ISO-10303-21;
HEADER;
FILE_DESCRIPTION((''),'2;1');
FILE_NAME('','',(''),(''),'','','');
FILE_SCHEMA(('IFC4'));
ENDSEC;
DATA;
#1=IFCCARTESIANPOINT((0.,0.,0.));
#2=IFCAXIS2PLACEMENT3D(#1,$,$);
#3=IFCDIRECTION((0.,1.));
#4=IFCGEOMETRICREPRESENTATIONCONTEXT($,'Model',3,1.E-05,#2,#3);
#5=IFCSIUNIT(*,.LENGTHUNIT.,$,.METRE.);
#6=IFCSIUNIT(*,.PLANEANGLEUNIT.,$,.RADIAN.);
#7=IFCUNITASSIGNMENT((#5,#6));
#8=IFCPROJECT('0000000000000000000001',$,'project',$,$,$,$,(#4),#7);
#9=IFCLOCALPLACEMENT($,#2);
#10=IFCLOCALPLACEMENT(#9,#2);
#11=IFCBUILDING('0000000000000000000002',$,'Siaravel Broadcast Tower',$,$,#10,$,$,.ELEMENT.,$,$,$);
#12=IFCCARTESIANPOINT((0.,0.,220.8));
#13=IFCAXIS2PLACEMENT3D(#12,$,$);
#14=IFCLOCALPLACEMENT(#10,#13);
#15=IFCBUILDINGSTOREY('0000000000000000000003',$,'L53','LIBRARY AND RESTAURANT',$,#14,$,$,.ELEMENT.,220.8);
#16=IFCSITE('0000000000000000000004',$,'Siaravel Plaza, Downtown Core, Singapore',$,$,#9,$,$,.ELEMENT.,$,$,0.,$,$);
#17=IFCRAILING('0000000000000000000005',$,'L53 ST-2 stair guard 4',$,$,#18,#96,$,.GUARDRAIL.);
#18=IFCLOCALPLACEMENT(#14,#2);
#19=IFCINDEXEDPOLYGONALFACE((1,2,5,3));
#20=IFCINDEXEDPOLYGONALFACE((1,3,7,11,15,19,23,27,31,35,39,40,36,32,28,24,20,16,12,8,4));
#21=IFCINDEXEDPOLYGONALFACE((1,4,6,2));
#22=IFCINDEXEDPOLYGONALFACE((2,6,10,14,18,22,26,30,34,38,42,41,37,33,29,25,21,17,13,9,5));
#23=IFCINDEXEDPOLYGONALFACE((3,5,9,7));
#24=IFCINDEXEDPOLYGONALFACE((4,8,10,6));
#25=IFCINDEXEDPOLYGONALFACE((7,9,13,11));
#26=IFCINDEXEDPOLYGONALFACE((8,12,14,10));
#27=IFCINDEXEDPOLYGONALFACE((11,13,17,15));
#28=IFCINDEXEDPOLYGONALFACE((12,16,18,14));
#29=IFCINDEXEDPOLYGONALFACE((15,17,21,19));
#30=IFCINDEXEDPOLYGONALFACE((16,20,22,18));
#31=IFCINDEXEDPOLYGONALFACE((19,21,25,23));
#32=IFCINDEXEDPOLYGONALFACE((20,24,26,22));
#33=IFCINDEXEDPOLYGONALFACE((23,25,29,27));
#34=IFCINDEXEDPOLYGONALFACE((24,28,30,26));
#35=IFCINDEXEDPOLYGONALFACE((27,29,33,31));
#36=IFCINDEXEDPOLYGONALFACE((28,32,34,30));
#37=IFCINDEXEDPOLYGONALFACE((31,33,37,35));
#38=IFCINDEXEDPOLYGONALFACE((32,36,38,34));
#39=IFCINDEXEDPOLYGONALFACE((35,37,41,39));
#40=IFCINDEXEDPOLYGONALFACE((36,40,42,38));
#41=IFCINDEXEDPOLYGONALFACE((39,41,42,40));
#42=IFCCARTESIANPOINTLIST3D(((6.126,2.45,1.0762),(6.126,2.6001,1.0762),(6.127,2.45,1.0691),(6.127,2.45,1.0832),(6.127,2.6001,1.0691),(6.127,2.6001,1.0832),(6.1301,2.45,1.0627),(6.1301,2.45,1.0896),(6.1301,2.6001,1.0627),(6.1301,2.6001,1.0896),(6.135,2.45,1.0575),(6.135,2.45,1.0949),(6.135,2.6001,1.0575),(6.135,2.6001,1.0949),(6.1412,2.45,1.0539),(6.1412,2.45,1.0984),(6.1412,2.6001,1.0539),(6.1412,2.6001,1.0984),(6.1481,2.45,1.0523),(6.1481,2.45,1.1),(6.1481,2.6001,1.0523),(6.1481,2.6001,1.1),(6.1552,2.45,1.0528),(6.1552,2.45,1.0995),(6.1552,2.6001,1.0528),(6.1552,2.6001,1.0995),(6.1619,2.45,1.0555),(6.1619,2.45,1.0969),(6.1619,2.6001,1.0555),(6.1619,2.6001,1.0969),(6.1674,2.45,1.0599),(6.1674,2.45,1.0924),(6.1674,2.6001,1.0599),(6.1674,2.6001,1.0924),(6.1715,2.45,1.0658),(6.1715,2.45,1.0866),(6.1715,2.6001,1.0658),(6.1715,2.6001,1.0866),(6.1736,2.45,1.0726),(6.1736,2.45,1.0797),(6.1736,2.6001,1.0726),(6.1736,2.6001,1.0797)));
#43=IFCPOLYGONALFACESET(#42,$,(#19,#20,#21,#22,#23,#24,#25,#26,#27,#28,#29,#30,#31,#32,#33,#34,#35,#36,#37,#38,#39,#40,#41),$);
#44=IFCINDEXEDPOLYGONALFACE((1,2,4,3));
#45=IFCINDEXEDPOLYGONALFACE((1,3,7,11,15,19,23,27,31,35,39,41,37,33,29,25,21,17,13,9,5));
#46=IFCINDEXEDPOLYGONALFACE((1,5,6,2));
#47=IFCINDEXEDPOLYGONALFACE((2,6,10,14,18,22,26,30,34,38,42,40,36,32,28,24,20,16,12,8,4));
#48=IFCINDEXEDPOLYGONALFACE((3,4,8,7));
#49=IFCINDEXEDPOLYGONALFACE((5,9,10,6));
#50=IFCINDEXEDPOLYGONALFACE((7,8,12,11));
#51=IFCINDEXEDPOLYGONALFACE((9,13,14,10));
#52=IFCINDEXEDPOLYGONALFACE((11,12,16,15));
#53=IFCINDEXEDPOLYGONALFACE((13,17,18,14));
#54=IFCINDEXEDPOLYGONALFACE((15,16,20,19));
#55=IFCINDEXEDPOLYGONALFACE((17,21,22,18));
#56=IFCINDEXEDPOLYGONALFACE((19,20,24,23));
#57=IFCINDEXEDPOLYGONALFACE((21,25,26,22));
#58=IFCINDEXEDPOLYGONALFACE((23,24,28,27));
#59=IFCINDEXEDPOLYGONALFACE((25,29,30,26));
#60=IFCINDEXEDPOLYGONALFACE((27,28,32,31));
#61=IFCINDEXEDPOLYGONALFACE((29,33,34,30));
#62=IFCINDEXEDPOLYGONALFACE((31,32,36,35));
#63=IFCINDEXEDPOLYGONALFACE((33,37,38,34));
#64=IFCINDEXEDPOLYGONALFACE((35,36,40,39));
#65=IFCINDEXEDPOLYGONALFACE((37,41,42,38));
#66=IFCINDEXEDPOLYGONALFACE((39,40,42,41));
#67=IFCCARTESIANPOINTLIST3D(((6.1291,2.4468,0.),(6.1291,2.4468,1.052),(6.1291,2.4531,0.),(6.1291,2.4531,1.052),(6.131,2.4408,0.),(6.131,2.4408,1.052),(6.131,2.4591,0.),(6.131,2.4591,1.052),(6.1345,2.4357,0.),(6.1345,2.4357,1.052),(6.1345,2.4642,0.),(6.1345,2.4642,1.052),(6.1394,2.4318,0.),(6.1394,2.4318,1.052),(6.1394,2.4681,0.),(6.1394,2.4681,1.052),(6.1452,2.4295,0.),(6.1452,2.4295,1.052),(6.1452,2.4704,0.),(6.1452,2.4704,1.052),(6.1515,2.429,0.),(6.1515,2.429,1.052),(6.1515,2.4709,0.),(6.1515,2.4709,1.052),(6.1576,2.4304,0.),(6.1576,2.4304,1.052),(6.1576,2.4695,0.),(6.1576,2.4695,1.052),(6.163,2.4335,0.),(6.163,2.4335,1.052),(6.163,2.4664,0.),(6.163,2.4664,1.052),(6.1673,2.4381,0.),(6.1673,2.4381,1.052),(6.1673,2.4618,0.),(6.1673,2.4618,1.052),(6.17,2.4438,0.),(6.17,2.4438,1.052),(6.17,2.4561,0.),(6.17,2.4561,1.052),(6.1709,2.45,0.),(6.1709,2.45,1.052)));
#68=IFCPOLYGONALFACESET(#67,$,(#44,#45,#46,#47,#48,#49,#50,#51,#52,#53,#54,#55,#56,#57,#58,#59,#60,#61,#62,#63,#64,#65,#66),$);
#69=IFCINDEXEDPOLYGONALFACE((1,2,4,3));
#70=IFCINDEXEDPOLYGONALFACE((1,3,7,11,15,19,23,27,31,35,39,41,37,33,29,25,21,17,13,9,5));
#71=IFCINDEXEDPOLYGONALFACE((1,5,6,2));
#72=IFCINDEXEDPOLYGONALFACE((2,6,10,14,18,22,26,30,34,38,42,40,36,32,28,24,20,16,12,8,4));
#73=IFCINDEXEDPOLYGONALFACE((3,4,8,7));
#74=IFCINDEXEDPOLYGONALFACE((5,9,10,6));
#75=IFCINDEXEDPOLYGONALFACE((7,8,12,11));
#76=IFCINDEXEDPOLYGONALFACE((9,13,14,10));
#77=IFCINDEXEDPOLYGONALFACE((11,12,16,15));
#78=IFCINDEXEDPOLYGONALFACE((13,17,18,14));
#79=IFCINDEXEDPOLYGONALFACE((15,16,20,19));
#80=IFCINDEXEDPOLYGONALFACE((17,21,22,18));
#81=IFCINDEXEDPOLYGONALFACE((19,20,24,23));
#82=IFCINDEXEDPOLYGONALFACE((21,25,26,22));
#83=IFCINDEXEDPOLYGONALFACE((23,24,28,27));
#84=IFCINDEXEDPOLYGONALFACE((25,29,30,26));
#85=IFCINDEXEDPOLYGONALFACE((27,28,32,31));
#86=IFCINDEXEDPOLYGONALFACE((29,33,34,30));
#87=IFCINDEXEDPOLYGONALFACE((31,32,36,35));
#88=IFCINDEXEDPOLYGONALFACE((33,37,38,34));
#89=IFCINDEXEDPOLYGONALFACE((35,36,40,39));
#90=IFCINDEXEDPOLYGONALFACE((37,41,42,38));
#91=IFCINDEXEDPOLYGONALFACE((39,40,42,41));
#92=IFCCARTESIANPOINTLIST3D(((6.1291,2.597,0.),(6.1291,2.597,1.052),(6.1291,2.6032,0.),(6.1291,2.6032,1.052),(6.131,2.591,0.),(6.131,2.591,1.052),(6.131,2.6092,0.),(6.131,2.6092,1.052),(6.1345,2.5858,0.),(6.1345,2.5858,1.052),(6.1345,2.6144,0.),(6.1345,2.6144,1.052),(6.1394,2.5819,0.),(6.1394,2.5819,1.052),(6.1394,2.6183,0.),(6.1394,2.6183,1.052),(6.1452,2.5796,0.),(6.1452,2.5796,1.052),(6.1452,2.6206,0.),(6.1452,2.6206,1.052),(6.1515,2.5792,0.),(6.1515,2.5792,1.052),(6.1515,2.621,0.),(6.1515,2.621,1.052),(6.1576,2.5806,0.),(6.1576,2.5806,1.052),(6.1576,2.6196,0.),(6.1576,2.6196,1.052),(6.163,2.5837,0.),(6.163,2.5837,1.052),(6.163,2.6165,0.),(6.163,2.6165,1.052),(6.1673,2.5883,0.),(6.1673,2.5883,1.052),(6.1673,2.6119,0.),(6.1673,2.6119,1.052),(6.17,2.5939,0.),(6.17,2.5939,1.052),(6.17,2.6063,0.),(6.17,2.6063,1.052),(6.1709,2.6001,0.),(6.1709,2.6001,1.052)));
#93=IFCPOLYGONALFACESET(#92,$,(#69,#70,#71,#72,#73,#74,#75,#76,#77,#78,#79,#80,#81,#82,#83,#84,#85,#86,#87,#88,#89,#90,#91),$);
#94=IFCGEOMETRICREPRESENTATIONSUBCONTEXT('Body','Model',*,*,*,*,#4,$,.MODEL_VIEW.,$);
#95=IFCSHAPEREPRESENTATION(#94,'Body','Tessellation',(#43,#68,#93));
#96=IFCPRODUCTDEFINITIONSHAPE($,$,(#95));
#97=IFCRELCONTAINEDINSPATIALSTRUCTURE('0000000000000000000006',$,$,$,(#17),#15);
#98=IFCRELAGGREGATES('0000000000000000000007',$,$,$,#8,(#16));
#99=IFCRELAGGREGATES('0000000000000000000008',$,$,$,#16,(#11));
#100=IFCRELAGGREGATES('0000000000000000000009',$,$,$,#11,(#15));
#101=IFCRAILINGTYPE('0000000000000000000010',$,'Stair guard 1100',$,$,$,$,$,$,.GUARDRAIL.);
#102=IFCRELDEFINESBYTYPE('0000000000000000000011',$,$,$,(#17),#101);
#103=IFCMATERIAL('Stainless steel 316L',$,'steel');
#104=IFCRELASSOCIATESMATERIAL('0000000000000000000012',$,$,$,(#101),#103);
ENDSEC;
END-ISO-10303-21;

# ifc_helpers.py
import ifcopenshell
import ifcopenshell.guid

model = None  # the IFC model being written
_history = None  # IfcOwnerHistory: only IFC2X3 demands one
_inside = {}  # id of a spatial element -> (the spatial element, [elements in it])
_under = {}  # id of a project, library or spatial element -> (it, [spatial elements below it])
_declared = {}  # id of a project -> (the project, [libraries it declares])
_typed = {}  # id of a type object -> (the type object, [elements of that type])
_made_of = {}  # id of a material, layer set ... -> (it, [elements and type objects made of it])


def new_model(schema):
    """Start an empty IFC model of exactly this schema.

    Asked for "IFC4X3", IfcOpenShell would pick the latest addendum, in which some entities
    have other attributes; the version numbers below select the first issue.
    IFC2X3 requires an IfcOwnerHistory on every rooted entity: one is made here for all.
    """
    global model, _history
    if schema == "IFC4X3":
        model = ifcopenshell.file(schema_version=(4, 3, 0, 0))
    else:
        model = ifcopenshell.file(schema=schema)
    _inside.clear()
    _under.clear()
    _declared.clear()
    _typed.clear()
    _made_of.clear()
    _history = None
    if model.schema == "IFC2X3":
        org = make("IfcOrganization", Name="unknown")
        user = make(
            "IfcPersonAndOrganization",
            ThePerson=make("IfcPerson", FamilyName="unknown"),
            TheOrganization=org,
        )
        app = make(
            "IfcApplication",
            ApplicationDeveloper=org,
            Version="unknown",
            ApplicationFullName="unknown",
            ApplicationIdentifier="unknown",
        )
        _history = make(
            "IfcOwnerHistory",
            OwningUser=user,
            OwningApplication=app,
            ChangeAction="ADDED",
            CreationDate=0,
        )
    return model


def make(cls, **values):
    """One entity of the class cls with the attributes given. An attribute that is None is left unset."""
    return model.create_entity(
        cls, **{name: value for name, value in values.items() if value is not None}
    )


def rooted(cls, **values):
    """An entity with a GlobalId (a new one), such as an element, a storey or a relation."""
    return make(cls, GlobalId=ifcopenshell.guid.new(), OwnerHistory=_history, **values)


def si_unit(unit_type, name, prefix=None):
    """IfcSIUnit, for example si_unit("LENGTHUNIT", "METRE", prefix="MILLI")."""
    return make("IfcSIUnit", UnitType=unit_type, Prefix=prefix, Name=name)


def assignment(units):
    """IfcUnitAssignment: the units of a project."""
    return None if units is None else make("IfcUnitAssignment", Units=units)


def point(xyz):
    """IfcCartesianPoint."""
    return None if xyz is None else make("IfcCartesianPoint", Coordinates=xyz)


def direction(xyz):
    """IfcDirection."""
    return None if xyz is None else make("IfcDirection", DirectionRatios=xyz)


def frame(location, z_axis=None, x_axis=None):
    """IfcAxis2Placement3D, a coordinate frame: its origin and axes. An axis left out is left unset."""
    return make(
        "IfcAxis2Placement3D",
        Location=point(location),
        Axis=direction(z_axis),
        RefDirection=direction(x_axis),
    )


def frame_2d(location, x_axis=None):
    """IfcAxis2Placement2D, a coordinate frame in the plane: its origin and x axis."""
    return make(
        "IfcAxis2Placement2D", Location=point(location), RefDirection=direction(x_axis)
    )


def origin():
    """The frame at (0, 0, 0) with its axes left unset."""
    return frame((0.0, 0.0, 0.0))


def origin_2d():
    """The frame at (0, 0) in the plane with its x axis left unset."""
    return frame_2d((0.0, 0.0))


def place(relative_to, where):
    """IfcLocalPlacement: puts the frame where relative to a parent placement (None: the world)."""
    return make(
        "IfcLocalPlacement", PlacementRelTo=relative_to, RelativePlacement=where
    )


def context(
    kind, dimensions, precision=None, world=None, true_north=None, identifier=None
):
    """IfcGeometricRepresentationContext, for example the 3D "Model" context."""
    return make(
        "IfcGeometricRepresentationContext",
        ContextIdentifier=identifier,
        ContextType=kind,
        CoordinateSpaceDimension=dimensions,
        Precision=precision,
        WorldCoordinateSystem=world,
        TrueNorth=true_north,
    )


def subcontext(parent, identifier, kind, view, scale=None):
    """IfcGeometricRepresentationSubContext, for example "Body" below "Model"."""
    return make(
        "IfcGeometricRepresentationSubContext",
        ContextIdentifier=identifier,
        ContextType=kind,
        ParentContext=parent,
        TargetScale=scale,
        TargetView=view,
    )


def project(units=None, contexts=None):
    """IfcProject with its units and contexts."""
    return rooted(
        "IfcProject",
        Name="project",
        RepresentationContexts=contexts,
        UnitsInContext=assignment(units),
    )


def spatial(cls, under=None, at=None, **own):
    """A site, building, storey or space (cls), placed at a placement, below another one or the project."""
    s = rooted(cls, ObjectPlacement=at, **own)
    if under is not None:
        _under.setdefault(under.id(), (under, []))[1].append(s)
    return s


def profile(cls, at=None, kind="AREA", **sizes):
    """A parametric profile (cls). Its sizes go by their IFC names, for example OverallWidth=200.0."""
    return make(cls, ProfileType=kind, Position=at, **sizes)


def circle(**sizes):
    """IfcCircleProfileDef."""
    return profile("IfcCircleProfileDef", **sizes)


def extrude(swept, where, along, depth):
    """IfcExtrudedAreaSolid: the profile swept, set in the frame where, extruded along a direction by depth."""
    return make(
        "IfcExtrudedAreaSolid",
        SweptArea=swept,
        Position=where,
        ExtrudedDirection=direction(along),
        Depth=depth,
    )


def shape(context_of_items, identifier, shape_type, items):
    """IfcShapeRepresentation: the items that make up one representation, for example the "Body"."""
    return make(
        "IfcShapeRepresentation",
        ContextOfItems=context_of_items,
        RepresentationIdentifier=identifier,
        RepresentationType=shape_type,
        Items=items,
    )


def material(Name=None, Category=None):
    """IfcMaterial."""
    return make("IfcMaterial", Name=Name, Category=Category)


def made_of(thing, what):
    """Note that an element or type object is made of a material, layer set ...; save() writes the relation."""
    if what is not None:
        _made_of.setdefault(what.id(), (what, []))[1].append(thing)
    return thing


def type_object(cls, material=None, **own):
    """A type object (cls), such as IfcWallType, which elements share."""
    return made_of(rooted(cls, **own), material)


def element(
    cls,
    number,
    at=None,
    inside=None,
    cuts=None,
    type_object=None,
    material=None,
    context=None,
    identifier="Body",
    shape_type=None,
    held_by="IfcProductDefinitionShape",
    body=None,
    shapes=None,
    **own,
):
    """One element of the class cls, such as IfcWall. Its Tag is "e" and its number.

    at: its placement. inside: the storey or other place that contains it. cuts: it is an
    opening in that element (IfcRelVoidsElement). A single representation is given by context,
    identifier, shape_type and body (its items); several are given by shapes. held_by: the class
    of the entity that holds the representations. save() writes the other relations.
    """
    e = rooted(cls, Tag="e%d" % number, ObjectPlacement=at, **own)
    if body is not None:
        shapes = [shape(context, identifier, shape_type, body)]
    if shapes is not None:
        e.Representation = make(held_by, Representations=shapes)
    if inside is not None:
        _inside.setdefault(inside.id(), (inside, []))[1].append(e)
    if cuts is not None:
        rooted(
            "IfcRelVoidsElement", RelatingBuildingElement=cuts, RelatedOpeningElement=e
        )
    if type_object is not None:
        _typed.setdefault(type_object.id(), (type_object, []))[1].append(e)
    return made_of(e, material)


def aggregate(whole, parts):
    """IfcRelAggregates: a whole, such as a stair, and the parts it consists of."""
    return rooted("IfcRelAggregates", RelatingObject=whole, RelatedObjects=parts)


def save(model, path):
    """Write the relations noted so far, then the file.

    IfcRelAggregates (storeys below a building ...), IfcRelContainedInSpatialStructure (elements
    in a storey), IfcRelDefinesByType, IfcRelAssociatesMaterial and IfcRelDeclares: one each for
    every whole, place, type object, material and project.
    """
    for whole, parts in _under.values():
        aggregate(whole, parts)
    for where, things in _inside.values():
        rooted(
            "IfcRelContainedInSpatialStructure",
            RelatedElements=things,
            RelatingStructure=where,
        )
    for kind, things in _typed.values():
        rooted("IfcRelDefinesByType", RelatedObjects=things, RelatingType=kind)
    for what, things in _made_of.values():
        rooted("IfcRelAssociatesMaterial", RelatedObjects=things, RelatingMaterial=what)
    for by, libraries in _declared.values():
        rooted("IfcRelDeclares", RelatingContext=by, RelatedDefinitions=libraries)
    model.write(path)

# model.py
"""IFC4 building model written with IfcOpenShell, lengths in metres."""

from ifc_helpers import new_model, si_unit, direction, frame, origin, origin_2d, place, context, subcontext, project, spatial, circle, extrude, material, type_object, element, save


model = new_model("IFC4")

# Units and contexts
model_context = context("Model", 3, precision=1e-05, world=origin(), true_north=direction((0.0, 1.0)))
body_context = subcontext(model_context, "Body", "Model", "MODEL_VIEW")
ifc_project = project(units=[si_unit("LENGTHUNIT", "METRE"), si_unit("PLANEANGLEUNIT", "RADIAN")], contexts=[model_context])

# Site, building, storey
site_placement = place(None, origin())
site = spatial("IfcSite", under=ifc_project, at=site_placement, Name="Siaravel Plaza, Downtown Core, Singapore", CompositionType="ELEMENT", RefElevation=0.0)
building_placement = place(site_placement, origin())
building = spatial("IfcBuilding", under=site, at=building_placement, Name="Siaravel Broadcast Tower", CompositionType="ELEMENT")
storey_placement = place(building_placement, frame((0.0, 0.0, 220.8)))
storey = spatial("IfcBuildingStorey", under=building, at=storey_placement, Name="L53", Description="LIBRARY AND RESTAURANT", CompositionType="ELEMENT", Elevation=220.8)

# Railing
ifc_material_1 = material(Name="Stainless steel 316L", Category="steel")
railing_type_1 = type_object("IfcRailingType", Name="Stair guard 1100", PredefinedType="GUARDRAIL", material=ifc_material_1)
railing_1_placement = place(storey_placement, frame((6.1499, 2.45, 0.0)))
element("IfcRailing", 1, at=railing_1_placement, inside=storey, type_object=railing_type_1, Name="L53 ST-2 stair guard 4", PredefinedType="GUARDRAIL", context=body_context, shape_type="SweptSolid", body=[
    extrude(circle(Radius=0.0239, at=origin_2d()), frame((0.0, 0.0, 1.0762), z_axis=(0.0, 1.0, 0.0), x_axis=(-1.0, 0.0, 0.0)), (0.0, 0.0, 1.0), 0.1501),
    extrude(circle(Radius=0.021, at=origin_2d()), origin(), (0.0, 0.0, 1.0), 1.052),
    extrude(circle(Radius=0.021, at=origin_2d()), frame((0.0, 0.1501, 0.0)), (0.0, 0.0, 1.0), 1.052),
])

save(model, "model.ifc")
